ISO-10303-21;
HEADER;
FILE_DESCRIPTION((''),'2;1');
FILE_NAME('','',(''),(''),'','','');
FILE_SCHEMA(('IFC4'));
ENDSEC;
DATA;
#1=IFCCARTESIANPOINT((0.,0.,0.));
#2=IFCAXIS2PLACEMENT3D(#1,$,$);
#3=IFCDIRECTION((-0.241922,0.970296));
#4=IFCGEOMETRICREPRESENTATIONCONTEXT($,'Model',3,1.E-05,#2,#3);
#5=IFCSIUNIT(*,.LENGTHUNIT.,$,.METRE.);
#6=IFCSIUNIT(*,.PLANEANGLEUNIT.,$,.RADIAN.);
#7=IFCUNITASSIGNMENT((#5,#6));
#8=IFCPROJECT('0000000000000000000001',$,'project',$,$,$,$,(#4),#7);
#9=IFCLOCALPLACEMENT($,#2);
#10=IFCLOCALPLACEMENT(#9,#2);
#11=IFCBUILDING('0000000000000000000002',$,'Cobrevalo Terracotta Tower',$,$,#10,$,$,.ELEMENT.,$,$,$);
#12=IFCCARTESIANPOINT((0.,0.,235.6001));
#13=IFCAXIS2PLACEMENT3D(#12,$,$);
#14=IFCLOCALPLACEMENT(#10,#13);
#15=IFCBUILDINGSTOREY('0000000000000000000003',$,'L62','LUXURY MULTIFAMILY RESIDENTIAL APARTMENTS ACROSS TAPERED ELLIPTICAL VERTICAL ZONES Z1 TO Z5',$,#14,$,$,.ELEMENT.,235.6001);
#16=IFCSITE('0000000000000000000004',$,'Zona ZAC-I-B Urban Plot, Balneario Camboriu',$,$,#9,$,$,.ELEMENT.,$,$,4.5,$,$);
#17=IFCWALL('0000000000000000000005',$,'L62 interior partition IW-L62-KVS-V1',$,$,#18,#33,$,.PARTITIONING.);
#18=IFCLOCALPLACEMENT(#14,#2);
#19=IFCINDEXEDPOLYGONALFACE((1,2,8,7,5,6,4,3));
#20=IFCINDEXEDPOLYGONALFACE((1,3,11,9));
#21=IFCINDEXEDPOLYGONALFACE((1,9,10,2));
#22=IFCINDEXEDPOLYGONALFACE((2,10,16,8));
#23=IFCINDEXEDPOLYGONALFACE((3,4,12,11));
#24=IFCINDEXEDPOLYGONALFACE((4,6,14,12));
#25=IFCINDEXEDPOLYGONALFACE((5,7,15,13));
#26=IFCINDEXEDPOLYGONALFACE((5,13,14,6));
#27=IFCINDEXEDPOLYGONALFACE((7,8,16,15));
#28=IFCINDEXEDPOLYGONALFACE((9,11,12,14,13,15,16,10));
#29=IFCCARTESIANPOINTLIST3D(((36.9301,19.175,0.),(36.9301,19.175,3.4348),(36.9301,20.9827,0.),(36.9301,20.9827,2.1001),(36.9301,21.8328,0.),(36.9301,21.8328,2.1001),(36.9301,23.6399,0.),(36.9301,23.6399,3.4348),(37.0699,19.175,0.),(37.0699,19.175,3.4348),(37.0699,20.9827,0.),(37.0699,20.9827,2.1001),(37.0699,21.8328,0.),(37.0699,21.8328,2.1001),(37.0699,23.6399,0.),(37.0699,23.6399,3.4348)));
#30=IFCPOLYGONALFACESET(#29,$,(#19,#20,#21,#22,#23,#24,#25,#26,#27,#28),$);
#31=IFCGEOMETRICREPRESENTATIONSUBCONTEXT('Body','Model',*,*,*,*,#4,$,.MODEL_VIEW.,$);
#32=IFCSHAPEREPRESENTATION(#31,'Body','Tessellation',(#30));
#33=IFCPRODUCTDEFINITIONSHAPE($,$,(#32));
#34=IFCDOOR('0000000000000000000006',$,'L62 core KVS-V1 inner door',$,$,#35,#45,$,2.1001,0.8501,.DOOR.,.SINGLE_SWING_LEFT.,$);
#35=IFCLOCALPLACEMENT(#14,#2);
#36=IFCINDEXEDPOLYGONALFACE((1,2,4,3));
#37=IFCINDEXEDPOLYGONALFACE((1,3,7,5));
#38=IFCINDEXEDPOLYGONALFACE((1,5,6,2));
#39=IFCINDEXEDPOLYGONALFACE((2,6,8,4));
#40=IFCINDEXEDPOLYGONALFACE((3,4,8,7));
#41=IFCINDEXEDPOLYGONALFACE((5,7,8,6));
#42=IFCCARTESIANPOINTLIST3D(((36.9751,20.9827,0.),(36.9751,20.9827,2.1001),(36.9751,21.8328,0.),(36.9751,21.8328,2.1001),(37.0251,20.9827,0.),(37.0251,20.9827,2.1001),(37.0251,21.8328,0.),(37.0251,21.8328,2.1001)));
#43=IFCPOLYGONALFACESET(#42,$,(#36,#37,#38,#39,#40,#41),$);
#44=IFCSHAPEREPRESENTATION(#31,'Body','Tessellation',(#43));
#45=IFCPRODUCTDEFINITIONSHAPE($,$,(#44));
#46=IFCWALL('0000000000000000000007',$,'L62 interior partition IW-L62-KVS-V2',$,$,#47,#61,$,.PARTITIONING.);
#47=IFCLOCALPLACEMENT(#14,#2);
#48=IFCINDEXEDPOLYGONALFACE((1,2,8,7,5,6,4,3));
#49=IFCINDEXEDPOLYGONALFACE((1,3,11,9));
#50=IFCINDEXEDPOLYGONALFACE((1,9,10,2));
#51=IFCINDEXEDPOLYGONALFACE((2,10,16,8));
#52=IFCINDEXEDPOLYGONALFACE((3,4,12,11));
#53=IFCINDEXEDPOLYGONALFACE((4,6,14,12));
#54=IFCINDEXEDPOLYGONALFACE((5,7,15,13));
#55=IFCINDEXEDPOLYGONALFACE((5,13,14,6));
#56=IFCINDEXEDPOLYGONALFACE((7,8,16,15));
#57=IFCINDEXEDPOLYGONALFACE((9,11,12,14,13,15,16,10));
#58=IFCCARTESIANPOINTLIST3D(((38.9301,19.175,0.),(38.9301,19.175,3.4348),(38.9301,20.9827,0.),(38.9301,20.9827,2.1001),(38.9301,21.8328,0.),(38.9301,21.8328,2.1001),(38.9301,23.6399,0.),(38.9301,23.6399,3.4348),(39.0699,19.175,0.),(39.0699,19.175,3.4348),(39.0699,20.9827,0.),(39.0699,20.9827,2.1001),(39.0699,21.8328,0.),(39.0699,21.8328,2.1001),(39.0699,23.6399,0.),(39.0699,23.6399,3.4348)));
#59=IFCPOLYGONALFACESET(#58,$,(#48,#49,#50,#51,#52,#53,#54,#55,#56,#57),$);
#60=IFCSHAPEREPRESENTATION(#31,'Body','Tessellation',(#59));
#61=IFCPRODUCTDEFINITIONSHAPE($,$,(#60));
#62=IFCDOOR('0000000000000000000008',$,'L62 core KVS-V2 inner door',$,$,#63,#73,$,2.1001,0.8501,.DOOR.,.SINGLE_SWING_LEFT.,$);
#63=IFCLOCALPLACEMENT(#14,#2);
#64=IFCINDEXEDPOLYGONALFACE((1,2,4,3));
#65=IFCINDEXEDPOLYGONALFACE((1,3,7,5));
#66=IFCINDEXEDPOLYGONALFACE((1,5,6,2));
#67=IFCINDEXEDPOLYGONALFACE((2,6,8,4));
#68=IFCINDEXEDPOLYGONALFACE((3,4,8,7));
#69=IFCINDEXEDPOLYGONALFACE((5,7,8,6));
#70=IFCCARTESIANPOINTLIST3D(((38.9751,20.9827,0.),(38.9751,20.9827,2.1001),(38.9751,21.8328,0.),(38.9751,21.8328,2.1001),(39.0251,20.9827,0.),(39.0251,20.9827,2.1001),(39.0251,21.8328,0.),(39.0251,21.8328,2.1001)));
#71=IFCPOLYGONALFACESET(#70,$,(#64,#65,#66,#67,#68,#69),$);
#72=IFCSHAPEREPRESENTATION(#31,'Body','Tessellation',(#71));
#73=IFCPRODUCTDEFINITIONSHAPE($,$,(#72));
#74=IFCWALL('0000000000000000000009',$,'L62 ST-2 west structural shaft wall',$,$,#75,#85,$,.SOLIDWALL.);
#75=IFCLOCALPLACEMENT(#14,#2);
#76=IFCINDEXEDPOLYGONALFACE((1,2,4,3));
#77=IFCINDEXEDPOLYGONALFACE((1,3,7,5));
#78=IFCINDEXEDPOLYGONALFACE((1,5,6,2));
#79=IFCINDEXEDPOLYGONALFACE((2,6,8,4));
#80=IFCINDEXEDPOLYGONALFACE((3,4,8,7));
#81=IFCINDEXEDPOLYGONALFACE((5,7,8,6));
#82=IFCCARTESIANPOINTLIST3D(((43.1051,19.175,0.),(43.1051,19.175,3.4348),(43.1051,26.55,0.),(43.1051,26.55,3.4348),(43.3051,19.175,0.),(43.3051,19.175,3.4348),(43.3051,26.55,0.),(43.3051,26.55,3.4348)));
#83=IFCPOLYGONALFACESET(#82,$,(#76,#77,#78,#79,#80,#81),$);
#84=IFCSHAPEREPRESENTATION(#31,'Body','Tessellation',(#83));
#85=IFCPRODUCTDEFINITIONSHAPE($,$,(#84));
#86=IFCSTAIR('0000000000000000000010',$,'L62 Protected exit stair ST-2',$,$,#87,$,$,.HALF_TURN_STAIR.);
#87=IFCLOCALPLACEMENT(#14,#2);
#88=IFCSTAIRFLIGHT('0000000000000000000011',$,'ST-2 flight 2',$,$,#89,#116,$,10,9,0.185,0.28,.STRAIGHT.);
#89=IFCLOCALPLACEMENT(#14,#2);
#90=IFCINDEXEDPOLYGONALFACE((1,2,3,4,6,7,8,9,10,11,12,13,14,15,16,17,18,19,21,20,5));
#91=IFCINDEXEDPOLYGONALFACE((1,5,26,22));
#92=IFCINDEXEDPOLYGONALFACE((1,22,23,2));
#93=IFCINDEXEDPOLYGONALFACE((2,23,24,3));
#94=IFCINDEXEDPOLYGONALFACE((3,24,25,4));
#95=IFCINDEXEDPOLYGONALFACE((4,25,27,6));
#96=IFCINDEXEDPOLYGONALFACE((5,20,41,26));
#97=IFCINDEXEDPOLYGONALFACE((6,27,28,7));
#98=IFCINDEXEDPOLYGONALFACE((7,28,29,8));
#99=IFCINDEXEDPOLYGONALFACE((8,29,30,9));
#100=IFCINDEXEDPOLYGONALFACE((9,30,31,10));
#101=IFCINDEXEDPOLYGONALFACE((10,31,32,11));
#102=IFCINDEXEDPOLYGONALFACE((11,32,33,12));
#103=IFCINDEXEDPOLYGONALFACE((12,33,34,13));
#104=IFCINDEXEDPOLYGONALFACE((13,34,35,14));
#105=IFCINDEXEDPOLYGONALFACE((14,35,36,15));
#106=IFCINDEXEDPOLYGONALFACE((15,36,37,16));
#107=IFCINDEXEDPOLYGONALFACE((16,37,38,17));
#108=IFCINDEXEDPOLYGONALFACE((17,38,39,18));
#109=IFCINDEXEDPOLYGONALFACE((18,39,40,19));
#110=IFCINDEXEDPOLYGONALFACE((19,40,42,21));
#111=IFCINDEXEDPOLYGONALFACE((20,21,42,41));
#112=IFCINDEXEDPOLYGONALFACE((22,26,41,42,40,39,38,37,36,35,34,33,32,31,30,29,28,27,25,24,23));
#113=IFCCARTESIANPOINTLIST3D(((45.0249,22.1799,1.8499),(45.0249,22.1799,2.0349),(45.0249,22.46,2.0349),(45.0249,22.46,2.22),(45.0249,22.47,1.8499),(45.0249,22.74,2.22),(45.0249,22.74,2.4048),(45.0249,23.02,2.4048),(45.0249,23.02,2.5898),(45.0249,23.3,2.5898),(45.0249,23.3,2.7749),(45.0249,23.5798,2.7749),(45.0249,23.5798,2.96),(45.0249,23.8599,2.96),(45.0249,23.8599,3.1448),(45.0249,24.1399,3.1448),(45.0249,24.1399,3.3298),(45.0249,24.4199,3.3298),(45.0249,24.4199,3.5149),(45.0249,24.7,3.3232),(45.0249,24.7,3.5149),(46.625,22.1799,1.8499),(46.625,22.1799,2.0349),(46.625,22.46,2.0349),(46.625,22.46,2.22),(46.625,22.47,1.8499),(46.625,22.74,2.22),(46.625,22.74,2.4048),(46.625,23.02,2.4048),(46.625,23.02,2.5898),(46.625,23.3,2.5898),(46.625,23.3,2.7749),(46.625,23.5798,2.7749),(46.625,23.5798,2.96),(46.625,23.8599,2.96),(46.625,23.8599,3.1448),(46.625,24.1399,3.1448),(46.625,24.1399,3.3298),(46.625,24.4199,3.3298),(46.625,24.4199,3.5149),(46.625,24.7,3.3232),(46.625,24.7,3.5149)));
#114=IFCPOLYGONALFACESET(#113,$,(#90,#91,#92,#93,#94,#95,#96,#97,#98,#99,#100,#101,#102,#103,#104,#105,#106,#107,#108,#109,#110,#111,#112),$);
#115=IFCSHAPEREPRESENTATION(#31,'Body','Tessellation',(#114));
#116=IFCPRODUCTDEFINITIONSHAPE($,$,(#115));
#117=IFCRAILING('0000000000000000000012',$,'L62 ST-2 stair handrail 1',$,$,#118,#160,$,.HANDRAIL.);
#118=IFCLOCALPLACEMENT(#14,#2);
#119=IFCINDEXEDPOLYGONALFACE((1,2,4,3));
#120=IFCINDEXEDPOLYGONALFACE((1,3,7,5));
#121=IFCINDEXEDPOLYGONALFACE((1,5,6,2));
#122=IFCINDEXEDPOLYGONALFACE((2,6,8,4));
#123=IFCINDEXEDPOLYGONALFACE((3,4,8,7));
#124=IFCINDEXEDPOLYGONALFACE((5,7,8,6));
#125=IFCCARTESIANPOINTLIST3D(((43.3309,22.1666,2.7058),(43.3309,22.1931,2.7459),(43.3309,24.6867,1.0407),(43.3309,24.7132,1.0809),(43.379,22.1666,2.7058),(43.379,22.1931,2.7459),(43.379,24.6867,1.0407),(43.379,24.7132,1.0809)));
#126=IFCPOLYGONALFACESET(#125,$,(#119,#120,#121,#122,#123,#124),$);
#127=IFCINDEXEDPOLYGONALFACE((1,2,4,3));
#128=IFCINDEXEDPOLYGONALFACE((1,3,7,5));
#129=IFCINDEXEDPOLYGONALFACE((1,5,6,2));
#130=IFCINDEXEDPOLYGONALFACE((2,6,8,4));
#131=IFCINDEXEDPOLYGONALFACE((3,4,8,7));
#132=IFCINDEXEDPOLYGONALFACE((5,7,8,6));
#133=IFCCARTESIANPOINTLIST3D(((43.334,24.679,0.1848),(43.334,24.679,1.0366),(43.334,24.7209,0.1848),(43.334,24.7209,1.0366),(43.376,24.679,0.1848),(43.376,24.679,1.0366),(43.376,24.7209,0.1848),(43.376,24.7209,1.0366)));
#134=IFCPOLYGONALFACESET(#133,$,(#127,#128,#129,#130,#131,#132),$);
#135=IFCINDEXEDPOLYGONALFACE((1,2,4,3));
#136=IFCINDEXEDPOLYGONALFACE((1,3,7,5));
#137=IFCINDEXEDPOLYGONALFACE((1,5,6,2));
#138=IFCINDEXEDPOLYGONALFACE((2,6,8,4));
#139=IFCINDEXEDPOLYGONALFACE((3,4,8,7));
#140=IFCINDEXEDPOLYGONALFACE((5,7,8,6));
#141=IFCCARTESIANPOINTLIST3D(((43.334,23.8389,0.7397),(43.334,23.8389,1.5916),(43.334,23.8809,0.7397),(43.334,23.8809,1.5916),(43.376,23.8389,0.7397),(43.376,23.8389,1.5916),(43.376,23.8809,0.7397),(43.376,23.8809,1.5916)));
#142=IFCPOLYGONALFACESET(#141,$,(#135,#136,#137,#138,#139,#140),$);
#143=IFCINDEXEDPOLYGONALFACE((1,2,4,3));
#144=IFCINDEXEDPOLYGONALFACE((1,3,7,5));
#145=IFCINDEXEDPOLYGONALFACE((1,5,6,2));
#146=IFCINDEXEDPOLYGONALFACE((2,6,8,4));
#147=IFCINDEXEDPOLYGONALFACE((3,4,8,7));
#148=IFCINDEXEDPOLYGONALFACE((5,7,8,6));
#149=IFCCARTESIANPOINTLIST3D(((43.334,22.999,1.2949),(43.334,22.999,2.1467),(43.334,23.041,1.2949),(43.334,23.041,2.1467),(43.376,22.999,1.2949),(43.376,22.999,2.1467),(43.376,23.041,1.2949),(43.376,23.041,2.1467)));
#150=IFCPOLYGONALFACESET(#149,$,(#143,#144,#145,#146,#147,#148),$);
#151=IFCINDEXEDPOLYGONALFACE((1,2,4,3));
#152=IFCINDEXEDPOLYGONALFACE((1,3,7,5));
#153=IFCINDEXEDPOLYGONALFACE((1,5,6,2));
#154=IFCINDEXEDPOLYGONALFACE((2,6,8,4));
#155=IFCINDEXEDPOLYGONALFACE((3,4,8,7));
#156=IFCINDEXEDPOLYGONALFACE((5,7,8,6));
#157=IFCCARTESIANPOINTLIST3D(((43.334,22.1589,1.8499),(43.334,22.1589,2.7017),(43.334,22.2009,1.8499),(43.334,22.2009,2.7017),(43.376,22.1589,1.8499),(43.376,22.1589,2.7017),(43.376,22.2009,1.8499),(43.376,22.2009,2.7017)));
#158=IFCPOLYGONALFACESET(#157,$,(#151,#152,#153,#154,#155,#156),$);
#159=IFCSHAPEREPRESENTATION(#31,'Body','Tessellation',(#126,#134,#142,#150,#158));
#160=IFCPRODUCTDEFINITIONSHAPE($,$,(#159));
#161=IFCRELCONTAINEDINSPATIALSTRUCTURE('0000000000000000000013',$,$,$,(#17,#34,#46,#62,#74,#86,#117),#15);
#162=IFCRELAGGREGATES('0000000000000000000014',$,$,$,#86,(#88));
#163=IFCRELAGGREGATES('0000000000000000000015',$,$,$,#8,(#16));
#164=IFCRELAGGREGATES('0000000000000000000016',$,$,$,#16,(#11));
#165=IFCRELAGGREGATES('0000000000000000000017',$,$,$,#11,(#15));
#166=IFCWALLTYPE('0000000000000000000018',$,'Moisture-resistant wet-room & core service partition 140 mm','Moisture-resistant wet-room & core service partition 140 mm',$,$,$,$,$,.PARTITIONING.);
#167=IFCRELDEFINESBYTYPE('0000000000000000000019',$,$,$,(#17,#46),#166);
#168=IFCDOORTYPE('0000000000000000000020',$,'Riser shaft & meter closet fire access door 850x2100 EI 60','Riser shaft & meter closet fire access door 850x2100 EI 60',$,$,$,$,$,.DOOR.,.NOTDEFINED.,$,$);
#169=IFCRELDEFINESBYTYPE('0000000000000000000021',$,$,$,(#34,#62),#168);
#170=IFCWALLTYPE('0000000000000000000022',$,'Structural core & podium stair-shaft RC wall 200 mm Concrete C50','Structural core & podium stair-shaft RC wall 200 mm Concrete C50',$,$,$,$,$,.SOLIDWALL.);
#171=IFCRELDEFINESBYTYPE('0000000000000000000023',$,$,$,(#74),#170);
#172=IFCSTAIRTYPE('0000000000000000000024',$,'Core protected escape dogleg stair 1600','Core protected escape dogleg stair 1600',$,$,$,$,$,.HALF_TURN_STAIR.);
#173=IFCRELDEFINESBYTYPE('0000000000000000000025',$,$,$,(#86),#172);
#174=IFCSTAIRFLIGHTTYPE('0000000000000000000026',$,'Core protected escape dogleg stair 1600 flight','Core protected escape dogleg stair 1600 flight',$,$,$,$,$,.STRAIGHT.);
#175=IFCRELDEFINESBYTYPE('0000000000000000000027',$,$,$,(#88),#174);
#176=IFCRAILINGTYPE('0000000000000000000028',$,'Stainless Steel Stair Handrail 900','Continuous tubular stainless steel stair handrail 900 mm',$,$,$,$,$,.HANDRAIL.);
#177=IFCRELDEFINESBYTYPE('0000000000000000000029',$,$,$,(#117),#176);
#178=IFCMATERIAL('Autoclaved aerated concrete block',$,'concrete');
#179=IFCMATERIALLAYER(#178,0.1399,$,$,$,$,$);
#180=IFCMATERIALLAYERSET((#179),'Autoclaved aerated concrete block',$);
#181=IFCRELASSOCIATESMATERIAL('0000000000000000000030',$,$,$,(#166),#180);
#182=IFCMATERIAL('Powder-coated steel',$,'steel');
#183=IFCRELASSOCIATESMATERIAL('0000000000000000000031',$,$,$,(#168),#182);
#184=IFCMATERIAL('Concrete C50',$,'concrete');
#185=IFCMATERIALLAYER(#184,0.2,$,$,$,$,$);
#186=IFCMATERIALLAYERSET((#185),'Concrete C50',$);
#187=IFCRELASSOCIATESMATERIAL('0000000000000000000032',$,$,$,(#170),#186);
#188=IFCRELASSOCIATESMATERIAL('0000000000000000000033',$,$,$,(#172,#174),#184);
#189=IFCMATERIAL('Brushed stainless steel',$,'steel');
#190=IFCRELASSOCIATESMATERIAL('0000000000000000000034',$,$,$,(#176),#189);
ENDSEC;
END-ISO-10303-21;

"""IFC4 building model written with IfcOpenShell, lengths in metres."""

from ifc_helpers import new_model, si_unit, direction, frame, frame_2d, origin, origin_2d, place, context, subcontext, project, spatial, polyline, rectangle, outline, extrude, source, transform, mapped, material, layer, layer_set, type_object, element, fill, aggregate, save


model = new_model("IFC4")

# Units and contexts
model_context = context("Model", 3, precision=1e-05, world=origin(), true_north=direction((-0.241922, 0.970296)))
body_context = subcontext(model_context, "Body", "Model", "MODEL_VIEW")
ifc_project = project(units=[si_unit("LENGTHUNIT", "METRE"), si_unit("PLANEANGLEUNIT", "RADIAN")], contexts=[model_context])

# Site, building, storey
site_placement = place(None, origin())
site = spatial("IfcSite", under=ifc_project, at=site_placement, Name="Zona ZAC-I-B Urban Plot, Balneario Camboriu", CompositionType="ELEMENT", RefElevation=4.5)
building_placement = place(site_placement, origin())
building = spatial("IfcBuilding", under=site, at=building_placement, Name="Cobrevalo Terracotta Tower", CompositionType="ELEMENT")
storey_placement = place(building_placement, frame((0.0, 0.0, 235.6001)))
storey = spatial("IfcBuildingStorey", under=building, at=storey_placement, Name="L62", Description="LUXURY MULTIFAMILY RESIDENTIAL APARTMENTS ACROSS TAPERED ELLIPTICAL VERTICAL ZONES Z1 TO Z5", CompositionType="ELEMENT", Elevation=235.6001)

# Shared definitions
ifc_material_1 = material(Name="Autoclaved aerated concrete block", Category="concrete")

# Shared definitions
ifc_material_2 = material(Name="Concrete C50", Category="concrete")

# Shared definitions
ifc_layer_1 = layer(ifc_material_1, 0.1399)
ifc_layer_set_1 = layer_set([ifc_layer_1], Name="Autoclaved aerated concrete block")
wall_type_1 = type_object("IfcWallType", Name="Moisture-resistant wet-room & core service partition 140 mm", Description="Moisture-resistant wet-room & core service partition 140 mm", PredefinedType="PARTITIONING", material=ifc_layer_set_1)

# Walls, openings, doors
wall_1_placement = place(storey_placement, frame((37.0, 19.175, 0.0), z_axis=(0.0, 0.0, 1.0), x_axis=(0.0, 1.0, 0.0)))
wall_1 = element("IfcWall", 1, at=wall_1_placement, inside=storey, type_object=wall_type_1, Name="L62 interior partition IW-L62-KVS-V1", PredefinedType="PARTITIONING", context=body_context, shape_type="SweptSolid", body=[
    extrude(rectangle(XDim=4.4648, YDim=0.1399, at=frame_2d((2.2324, 0.0))), origin(), (0.0, 0.0, 1.0), 3.4348),
])
opening_1_placement = place(wall_1_placement, frame((1.8076, 0.0, 0.0)))
opening_1 = element("IfcOpeningElement", 2, at=opening_1_placement, cuts=wall_1, PredefinedType="OPENING", context=body_context, shape_type="SweptSolid", body=[
    extrude(rectangle(XDim=0.8501, YDim=2.1001, at=frame_2d((0.425, 1.05))), frame((0.0, 0.0801, 0.0), z_axis=(0.0, -1.0, 0.0), x_axis=(1.0, 0.0, 0.0)), (0.0, 0.0, 1.0), 0.1599),
])
ifc_material_3 = material(Name="Powder-coated steel", Category="steel")
door_type_1 = type_object("IfcDoorType", Name="Riser shaft & meter closet fire access door 850x2100 EI 60", Description="Riser shaft & meter closet fire access door 850x2100 EI 60", OperationType="NOTDEFINED", PredefinedType="DOOR", material=ifc_material_3)
shared_shape_1 = source(origin(), body_context, "Body", "SweptSolid", [
    extrude(rectangle(XDim=0.8501, YDim=2.1001, at=frame_2d((0.425, 1.05))), frame((0.0, 0.0249, 0.0), z_axis=(0.0, -1.0, 0.0), x_axis=(1.0, 0.0, 0.0)), (0.0, 0.0, 1.0), 0.05),
])
door_1_placement = place(opening_1_placement, origin())
door_1 = element("IfcDoor", 3, at=door_1_placement, inside=storey, type_object=door_type_1, Name="L62 core KVS-V1 inner door", OperationType="SINGLE_SWING_LEFT", OverallHeight=2.1001, OverallWidth=0.8501, PredefinedType="DOOR", context=body_context, shape_type="MappedRepresentation", body=[
    mapped(shared_shape_1, transform((0.0, 0.0, 0.0), scale=1.0)),
])
fill(opening_1, door_1)
wall_2_placement = place(storey_placement, frame((39.0, 19.175, 0.0), z_axis=(0.0, 0.0, 1.0), x_axis=(0.0, 1.0, 0.0)))
wall_2 = element("IfcWall", 4, at=wall_2_placement, inside=storey, type_object=wall_type_1, Name="L62 interior partition IW-L62-KVS-V2", PredefinedType="PARTITIONING", context=body_context, shape_type="SweptSolid", body=[
    extrude(rectangle(XDim=4.4648, YDim=0.1399, at=frame_2d((2.2324, 0.0))), origin(), (0.0, 0.0, 1.0), 3.4348),
])
opening_2_placement = place(wall_2_placement, frame((1.8076, 0.0, 0.0)))
opening_2 = element("IfcOpeningElement", 5, at=opening_2_placement, cuts=wall_2, PredefinedType="OPENING", context=body_context, shape_type="SweptSolid", body=[
    extrude(rectangle(XDim=0.8501, YDim=2.1001, at=frame_2d((0.425, 1.05))), frame((0.0, 0.0801, 0.0), z_axis=(0.0, -1.0, 0.0), x_axis=(1.0, 0.0, 0.0)), (0.0, 0.0, 1.0), 0.1599),
])
door_2_placement = place(opening_2_placement, origin())
door_2 = element("IfcDoor", 6, at=door_2_placement, inside=storey, type_object=door_type_1, Name="L62 core KVS-V2 inner door", OperationType="SINGLE_SWING_LEFT", OverallHeight=2.1001, OverallWidth=0.8501, PredefinedType="DOOR", context=body_context, shape_type="MappedRepresentation", body=[
    mapped(shared_shape_1, transform((0.0, 0.0, 0.0), scale=1.0)),
])
fill(opening_2, door_2)

# Wall
ifc_layer_2 = layer(ifc_material_2, 0.2)
ifc_layer_set_2 = layer_set([ifc_layer_2], Name="Concrete C50")
wall_type_2 = type_object("IfcWallType", Name="Structural core & podium stair-shaft RC wall 200 mm Concrete C50", Description="Structural core & podium stair-shaft RC wall 200 mm Concrete C50", PredefinedType="SOLIDWALL", material=ifc_layer_set_2)
wall_3_placement = place(storey_placement, frame((43.2051, 19.175, 0.0), z_axis=(0.0, 0.0, 1.0), x_axis=(0.0, 1.0, 0.0)))
element("IfcWall", 7, at=wall_3_placement, inside=storey, type_object=wall_type_2, Name="L62 ST-2 west structural shaft wall", PredefinedType="SOLIDWALL", context=body_context, shape_type="SweptSolid", body=[
    extrude(rectangle(XDim=7.375, YDim=0.2, at=frame_2d((3.6875, 0.0))), origin(), (0.0, 0.0, 1.0), 3.4348),
])

# Stair, stair flight
stair_type = type_object("IfcStairType", Name="Core protected escape dogleg stair 1600", Description="Core protected escape dogleg stair 1600", PredefinedType="HALF_TURN_STAIR", material=ifc_material_2)
stair_placement = place(storey_placement, origin())
stair = element("IfcStair", 8, at=stair_placement, inside=storey, type_object=stair_type, Name="L62 Protected exit stair ST-2", PredefinedType="HALF_TURN_STAIR")
stair_flight_type = type_object("IfcStairFlightType", Name="Core protected escape dogleg stair 1600 flight", Description="Core protected escape dogleg stair 1600 flight", PredefinedType="STRAIGHT", material=ifc_material_2)
stair_flight_placement = place(storey_placement, frame((45.825, 22.1799, 1.8499), z_axis=(0.0, 0.0, 1.0), x_axis=(0.0, 1.0, 0.0)))
stair_flight = element("IfcStairFlight", 9, at=stair_flight_placement, type_object=stair_flight_type, Name="ST-2 flight 2", NumberOfRisers=10, NumberOfTreads=9, PredefinedType="STRAIGHT", RiserHeight=0.185, TreadLength=0.28, context=body_context, shape_type="SweptSolid", body=[
    extrude(outline(polyline([(0.0, 0.0), (0.0, 0.1851), (0.28, 0.1851), (0.28, 0.3701), (0.5601, 0.3701), (0.5601, 0.5549), (0.8401, 0.5549), (0.8401, 0.74), (1.1201, 0.74), (1.1201, 0.925), (1.3999, 0.925), (1.3999, 1.1101), (1.6799, 1.1101), (1.6799, 1.2949), (1.96, 1.2949), (1.96, 1.48), (2.24, 1.48), (2.24, 1.665), (2.52, 1.665), (2.52, 1.8501), (2.52, 1.4734), (0.29, 0.0), (0.0, 0.0)])), frame((0.0, 0.8, 0.0), z_axis=(0.0, -1.0, 0.0), x_axis=(1.0, 0.0, 0.0)), (0.0, 0.0, 1.0), 1.6001),
])
aggregate(stair, [stair_flight])

# Railing
ifc_material_4 = material(Name="Brushed stainless steel", Category="steel")
railing_type_1 = type_object("IfcRailingType", Name="Stainless Steel Stair Handrail 900", Description="Continuous tubular stainless steel stair handrail 900 mm", PredefinedType="HANDRAIL", material=ifc_material_4)
railing_1_placement = place(storey_placement, frame((43.355, 24.7, 0.1848)))
element("IfcRailing", 10, at=railing_1_placement, inside=storey, type_object=railing_type_1, Name="L62 ST-2 stair handrail 1", PredefinedType="HANDRAIL", context=body_context, shape_type="SweptSolid", body=[
    extrude(rectangle(XDim=0.0481, YDim=0.0481, at=origin_2d()), frame((0.0, 0.0, 0.876), z_axis=(0.0, -0.834331, 0.551263), x_axis=(1.0, 0.0, 0.0)), (0.0, 0.0, 1.0), 3.0205),
    extrude(rectangle(XDim=0.042, YDim=0.042, at=origin_2d()), origin(), (0.0, 0.0, 1.0), 0.8518),
    extrude(rectangle(XDim=0.042, YDim=0.042, at=origin_2d()), frame((0.0, -0.8401, 0.5549)), (0.0, 0.0, 1.0), 0.8518),
    extrude(rectangle(XDim=0.042, YDim=0.042, at=origin_2d()), frame((0.0, -1.6799, 1.1101)), (0.0, 0.0, 1.0), 0.8518),
    extrude(rectangle(XDim=0.042, YDim=0.042, at=origin_2d()), frame((0.0, -2.52, 1.665)), (0.0, 0.0, 1.0), 0.8518),
])

save(model, "model.ifc")
